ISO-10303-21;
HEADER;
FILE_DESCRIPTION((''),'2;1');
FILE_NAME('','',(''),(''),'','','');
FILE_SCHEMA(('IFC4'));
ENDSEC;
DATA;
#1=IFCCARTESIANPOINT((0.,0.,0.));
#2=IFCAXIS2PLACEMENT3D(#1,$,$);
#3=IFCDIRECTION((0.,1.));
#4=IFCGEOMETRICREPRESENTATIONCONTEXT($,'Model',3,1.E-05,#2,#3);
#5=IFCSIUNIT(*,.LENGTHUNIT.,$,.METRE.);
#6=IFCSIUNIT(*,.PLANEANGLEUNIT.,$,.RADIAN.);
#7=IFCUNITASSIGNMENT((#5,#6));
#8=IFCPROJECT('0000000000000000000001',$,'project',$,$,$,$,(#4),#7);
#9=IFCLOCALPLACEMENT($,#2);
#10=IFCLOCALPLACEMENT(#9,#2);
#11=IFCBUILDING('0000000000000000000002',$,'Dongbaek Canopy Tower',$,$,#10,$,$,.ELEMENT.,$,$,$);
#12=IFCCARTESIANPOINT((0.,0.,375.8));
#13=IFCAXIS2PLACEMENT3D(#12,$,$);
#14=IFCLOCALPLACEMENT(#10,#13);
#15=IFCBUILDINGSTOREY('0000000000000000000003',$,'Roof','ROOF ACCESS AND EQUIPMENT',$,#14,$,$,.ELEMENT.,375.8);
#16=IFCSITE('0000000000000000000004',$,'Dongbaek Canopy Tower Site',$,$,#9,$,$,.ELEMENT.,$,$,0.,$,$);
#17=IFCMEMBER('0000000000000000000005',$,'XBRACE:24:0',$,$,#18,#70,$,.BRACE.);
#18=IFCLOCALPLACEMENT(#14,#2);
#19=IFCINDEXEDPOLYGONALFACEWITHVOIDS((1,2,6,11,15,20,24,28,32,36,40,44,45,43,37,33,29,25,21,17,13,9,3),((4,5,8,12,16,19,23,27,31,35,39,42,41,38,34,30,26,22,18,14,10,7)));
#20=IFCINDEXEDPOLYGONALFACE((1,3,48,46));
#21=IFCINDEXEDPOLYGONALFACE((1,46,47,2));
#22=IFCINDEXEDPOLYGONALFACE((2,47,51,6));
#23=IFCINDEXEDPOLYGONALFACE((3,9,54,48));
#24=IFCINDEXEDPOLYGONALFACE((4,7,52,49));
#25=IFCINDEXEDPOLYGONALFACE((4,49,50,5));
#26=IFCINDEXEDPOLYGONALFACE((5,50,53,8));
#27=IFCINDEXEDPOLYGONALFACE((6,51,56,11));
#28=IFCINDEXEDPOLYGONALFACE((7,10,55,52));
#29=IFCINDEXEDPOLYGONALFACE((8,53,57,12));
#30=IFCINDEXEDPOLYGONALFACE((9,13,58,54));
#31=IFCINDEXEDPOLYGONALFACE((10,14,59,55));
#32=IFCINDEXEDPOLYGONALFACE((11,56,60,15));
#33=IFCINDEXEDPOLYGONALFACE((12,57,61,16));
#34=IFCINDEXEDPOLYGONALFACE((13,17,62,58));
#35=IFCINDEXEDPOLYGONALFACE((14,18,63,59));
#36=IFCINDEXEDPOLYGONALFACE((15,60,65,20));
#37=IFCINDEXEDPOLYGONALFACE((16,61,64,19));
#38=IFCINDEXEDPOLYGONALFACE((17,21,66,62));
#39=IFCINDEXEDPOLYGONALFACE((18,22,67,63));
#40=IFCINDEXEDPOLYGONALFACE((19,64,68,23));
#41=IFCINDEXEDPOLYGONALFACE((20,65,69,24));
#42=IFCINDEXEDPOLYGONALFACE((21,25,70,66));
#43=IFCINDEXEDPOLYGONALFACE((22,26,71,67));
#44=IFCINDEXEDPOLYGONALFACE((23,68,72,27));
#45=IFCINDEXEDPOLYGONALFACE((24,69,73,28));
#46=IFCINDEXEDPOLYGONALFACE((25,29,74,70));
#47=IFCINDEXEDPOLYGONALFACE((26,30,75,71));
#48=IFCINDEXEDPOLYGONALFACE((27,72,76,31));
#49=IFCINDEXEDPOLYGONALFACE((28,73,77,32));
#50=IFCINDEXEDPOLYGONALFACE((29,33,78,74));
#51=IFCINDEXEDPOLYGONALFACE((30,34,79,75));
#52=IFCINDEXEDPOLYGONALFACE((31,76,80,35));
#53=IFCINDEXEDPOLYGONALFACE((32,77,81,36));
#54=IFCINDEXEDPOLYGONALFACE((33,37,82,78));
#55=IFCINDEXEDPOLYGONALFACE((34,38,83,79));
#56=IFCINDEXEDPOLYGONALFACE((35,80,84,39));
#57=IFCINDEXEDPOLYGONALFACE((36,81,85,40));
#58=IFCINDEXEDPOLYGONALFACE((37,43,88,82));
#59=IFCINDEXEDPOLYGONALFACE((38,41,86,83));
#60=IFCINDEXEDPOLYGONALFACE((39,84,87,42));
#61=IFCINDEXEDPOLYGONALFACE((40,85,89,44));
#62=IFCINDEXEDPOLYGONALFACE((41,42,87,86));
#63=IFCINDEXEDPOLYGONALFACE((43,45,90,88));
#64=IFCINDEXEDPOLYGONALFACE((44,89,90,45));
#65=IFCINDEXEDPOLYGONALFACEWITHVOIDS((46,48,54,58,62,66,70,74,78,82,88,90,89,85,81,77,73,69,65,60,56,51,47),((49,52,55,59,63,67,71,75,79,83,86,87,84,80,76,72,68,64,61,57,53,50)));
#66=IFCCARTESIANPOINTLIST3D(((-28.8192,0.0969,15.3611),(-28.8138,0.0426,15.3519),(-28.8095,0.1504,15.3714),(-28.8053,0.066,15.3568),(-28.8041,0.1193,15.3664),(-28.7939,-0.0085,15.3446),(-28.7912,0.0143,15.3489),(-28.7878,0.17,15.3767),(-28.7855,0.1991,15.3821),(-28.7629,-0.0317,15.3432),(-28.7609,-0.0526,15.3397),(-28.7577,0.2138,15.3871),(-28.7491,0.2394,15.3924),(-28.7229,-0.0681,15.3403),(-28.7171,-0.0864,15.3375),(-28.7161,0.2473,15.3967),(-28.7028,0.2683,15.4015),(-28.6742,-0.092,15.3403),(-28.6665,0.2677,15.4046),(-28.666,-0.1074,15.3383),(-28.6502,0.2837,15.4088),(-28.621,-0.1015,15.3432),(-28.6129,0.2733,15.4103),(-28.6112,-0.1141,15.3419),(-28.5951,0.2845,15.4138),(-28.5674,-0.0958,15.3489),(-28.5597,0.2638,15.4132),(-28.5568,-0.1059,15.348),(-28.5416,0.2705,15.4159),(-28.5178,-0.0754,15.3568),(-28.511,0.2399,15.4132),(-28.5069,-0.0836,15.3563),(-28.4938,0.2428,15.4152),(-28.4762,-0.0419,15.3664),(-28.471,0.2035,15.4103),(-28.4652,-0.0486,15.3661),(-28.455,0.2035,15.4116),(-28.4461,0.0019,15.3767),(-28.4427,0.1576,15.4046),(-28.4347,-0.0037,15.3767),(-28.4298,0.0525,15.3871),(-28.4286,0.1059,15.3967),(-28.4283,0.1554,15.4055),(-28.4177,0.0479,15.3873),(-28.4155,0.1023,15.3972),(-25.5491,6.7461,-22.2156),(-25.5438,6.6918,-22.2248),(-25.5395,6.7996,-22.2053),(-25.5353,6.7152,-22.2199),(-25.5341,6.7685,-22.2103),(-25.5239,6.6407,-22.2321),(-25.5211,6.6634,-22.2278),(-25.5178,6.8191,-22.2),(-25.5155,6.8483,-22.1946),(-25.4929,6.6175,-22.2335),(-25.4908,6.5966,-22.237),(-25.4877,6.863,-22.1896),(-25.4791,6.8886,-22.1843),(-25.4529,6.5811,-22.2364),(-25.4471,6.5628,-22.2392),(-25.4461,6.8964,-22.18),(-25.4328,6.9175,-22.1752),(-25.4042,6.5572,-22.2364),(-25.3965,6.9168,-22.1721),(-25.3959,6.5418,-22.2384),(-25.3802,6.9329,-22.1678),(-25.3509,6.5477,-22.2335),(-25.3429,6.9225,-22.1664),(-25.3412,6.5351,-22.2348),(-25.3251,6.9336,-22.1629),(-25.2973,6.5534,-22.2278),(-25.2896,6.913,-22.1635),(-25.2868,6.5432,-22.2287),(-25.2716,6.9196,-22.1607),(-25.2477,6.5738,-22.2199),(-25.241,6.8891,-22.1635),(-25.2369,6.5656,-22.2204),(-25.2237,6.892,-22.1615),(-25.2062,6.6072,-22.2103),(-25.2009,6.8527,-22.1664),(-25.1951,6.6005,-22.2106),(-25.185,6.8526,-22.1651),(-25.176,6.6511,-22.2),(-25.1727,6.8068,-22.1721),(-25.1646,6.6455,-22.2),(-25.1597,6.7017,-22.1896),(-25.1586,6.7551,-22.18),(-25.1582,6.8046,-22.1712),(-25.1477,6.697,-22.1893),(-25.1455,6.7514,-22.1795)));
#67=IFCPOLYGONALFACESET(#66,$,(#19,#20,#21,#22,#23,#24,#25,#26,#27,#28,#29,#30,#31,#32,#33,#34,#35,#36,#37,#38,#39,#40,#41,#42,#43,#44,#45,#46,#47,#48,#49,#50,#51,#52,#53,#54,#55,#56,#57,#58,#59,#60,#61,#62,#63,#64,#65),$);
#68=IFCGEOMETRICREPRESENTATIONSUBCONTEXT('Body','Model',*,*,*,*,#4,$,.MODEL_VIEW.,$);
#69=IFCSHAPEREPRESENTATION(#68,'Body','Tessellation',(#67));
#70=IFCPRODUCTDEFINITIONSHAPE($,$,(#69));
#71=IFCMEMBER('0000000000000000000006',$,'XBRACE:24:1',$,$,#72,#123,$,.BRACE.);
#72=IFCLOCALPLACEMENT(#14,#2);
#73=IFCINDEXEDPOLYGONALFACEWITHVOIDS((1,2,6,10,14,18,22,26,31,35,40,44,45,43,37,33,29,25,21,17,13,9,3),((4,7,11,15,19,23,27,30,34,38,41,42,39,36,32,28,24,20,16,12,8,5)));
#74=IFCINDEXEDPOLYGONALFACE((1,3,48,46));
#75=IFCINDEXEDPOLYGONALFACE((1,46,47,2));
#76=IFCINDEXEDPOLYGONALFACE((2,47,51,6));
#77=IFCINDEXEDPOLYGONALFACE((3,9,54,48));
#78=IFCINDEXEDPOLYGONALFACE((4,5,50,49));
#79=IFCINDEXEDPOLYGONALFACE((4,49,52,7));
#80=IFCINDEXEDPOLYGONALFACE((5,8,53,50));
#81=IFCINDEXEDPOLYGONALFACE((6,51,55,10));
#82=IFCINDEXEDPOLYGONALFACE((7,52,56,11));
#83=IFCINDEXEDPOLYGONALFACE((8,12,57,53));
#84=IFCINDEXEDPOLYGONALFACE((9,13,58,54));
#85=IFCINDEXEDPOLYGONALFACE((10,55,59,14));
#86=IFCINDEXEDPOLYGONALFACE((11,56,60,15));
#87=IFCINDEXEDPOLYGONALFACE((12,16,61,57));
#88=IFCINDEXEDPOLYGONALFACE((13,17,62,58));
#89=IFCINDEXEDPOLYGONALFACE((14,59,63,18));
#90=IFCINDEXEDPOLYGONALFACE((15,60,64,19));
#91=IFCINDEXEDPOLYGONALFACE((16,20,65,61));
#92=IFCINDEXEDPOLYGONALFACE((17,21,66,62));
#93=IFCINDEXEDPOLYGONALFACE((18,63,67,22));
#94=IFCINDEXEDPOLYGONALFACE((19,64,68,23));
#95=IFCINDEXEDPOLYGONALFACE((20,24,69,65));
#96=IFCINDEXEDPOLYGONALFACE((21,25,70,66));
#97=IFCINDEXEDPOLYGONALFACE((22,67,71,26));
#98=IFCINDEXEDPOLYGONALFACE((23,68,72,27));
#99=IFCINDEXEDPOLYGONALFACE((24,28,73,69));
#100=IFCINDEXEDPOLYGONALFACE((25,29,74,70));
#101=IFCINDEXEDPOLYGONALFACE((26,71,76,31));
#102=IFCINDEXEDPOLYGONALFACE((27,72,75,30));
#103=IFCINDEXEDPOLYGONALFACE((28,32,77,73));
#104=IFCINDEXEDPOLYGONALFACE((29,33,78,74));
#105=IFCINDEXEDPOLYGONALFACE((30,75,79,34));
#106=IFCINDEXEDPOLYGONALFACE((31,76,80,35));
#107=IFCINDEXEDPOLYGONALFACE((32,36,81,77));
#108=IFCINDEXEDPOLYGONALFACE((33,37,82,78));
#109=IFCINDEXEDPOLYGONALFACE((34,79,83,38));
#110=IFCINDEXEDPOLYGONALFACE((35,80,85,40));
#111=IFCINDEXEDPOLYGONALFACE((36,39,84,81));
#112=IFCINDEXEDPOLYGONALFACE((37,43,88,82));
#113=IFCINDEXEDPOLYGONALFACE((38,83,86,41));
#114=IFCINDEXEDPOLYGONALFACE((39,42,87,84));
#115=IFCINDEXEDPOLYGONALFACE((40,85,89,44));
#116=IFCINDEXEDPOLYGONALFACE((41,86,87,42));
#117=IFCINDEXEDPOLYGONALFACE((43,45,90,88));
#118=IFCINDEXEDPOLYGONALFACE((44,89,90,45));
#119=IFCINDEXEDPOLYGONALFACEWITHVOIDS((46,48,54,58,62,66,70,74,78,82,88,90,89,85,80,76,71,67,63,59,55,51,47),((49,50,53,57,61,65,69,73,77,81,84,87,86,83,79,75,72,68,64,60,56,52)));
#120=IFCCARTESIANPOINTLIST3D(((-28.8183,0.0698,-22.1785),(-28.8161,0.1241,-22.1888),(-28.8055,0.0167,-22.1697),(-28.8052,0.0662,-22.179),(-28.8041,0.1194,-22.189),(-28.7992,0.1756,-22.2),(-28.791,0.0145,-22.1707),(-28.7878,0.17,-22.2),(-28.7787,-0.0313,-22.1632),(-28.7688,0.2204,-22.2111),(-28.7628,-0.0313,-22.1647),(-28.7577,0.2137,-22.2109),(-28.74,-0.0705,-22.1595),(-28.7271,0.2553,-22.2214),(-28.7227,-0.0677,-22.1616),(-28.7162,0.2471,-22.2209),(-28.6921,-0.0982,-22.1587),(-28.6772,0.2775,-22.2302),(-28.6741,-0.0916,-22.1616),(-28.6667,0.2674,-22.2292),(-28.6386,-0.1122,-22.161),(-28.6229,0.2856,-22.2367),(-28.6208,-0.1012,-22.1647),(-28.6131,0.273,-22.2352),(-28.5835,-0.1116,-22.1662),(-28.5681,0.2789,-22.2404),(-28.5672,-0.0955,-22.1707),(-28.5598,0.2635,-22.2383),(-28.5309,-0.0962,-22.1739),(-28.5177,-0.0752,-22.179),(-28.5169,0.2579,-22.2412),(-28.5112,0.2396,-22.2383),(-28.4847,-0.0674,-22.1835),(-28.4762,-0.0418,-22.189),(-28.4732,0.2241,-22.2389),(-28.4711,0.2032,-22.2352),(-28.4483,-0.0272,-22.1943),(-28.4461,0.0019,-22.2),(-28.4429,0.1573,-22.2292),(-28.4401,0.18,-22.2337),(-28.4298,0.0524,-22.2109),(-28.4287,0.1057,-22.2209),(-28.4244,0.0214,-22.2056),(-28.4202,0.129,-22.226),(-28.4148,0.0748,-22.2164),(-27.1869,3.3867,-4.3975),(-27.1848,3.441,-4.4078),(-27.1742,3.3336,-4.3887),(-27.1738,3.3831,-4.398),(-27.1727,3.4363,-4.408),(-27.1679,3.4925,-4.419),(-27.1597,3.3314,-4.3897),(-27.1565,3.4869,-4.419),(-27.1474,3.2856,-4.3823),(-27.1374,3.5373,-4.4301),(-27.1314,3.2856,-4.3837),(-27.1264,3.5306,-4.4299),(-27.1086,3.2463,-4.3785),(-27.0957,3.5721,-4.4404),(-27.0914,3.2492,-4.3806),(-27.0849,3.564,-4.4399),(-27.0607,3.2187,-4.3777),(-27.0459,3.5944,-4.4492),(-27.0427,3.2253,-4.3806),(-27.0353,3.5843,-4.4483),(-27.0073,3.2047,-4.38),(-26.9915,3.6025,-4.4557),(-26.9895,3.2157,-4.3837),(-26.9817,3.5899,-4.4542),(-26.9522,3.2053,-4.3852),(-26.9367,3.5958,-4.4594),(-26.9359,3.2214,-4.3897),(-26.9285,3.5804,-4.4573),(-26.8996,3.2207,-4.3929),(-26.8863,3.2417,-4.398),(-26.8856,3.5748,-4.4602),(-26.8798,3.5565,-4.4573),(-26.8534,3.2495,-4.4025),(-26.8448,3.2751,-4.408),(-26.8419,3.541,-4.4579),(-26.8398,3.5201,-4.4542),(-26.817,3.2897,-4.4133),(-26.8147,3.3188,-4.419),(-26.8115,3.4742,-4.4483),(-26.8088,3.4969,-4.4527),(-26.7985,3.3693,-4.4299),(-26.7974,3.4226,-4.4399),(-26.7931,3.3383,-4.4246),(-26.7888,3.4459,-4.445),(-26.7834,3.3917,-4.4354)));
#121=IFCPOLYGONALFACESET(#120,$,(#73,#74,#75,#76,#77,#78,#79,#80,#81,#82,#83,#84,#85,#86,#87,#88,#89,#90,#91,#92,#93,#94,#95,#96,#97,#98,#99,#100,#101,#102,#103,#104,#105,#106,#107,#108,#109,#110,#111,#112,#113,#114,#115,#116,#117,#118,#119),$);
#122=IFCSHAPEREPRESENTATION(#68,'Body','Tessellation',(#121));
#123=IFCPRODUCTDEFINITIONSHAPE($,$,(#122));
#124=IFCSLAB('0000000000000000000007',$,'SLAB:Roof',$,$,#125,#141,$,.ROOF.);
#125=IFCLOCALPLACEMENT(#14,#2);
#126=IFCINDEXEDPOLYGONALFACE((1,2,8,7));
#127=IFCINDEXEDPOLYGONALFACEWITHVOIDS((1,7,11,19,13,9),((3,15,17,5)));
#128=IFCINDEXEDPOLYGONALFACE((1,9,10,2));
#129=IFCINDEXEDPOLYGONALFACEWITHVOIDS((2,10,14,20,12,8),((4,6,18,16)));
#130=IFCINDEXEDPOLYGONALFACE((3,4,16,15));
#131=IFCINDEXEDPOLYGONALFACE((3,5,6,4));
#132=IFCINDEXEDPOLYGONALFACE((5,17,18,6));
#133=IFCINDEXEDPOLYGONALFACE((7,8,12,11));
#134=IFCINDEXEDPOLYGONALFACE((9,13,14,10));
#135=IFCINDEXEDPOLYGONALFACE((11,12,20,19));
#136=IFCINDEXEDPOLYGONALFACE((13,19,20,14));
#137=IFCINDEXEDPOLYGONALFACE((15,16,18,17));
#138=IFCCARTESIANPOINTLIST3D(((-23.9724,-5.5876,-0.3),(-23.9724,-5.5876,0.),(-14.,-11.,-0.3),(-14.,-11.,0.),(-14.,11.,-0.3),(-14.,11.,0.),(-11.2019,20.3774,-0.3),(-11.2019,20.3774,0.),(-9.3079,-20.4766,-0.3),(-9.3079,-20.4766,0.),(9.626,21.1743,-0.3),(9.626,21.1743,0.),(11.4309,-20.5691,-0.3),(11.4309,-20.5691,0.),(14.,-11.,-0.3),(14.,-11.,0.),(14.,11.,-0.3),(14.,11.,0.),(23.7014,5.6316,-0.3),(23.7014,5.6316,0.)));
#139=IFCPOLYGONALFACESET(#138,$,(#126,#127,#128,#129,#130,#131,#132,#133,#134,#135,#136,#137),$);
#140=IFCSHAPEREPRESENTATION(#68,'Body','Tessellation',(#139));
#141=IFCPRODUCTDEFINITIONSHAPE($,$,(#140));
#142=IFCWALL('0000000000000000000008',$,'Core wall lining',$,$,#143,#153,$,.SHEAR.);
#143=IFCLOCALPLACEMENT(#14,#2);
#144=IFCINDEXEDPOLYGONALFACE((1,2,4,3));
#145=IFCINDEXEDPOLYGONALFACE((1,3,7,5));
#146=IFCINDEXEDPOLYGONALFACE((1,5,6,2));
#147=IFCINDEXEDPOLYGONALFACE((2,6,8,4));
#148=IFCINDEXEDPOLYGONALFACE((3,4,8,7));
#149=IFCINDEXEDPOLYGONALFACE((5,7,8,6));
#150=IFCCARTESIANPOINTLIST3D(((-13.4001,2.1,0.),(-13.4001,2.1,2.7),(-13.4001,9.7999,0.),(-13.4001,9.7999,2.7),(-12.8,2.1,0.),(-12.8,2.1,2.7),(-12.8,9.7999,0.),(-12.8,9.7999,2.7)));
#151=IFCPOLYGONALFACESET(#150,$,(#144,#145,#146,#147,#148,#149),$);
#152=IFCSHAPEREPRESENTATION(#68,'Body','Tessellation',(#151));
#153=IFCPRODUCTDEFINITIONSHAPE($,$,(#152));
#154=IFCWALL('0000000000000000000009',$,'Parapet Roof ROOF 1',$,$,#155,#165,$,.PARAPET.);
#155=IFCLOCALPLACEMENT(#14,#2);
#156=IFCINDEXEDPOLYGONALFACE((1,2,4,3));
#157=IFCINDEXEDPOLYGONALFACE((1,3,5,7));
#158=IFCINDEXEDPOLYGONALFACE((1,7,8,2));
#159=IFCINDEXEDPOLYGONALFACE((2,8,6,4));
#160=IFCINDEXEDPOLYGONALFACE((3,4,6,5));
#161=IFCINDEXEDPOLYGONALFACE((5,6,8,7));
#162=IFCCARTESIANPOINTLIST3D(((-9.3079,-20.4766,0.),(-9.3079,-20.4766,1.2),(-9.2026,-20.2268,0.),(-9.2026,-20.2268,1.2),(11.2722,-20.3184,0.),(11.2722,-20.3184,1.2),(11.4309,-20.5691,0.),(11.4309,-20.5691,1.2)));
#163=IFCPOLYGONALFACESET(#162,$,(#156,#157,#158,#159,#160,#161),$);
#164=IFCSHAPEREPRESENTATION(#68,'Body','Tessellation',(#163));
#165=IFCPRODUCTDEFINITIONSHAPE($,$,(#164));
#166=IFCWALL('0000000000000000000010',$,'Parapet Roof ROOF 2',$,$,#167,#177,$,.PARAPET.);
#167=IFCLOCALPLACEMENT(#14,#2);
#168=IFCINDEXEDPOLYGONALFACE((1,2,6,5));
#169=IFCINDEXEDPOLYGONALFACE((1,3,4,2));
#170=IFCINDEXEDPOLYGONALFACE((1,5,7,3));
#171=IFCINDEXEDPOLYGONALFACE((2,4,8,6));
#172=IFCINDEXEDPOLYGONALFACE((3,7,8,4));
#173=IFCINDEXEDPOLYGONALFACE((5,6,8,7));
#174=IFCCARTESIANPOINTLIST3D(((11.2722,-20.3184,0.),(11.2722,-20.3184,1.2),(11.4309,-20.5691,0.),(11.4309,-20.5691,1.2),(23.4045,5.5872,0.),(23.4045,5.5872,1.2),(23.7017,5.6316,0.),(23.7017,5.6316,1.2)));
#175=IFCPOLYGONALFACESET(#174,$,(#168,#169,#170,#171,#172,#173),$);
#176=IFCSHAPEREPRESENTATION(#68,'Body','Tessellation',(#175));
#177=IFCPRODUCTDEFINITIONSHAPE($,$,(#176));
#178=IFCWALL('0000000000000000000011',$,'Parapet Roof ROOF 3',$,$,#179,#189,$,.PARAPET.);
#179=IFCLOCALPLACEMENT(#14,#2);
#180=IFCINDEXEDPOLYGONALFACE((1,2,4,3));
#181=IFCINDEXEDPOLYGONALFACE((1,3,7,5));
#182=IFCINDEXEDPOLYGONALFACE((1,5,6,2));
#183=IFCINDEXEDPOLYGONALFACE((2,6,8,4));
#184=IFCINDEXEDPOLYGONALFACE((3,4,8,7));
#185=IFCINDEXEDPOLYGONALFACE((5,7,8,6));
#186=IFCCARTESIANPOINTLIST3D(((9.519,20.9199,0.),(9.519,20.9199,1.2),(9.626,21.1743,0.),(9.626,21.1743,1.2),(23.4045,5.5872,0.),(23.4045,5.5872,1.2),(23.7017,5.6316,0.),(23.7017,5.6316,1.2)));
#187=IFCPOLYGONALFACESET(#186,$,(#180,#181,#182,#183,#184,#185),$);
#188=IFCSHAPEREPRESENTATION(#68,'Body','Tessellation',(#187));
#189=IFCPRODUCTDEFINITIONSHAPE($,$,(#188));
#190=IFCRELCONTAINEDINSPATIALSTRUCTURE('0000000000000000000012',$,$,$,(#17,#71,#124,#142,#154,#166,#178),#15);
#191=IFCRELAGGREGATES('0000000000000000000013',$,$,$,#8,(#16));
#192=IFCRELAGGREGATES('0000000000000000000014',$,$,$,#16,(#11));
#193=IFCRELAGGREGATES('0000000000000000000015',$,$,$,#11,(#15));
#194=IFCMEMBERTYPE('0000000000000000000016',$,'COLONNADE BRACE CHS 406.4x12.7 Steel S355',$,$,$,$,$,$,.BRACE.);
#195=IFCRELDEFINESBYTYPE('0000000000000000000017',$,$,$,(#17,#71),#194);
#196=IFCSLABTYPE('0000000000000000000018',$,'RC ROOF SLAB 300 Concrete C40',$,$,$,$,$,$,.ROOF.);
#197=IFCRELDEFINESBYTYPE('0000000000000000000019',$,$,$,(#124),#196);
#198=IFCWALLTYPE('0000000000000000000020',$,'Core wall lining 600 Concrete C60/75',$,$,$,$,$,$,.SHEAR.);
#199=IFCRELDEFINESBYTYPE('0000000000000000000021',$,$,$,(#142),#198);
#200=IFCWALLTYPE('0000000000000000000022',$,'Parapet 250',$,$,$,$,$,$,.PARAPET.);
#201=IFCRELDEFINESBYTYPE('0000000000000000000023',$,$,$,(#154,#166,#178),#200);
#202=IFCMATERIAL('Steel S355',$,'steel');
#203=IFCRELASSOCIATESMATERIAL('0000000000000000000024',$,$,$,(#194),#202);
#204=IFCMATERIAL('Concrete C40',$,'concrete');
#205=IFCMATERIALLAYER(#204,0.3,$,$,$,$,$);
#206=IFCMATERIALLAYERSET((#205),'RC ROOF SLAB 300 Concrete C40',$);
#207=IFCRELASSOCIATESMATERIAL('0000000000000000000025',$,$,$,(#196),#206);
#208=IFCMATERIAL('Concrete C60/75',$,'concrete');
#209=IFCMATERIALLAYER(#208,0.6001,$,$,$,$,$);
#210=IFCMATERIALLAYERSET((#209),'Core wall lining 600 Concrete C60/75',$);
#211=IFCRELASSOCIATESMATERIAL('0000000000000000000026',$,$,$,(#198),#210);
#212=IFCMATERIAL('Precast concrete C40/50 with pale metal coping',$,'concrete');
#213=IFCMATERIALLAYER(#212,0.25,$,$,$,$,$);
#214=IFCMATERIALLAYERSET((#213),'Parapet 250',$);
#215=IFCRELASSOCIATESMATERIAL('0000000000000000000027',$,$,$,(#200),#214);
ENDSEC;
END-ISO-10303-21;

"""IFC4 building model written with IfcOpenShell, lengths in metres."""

from ifc_helpers import new_model, si_unit, direction, frame, frame_2d, origin, origin_2d, place, context, subcontext, project, spatial, polyline, rectangle, hollow_circle, outline, extrude, material, layer, layer_set, material_profile, profile_set, type_object, element, save


model = new_model("IFC4")

# Units and contexts
model_context = context("Model", 3, precision=1e-05, world=origin(), true_north=direction((0.0, 1.0)))
body_context = subcontext(model_context, "Body", "Model", "MODEL_VIEW")
ifc_project = project(units=[si_unit("LENGTHUNIT", "METRE"), si_unit("PLANEANGLEUNIT", "RADIAN")], contexts=[model_context])

# Site, building, storey
site_placement = place(None, origin())
site = spatial("IfcSite", under=ifc_project, at=site_placement, Name="Dongbaek Canopy Tower Site", CompositionType="ELEMENT", RefElevation=0.0)
building_placement = place(site_placement, origin())
building = spatial("IfcBuilding", under=site, at=building_placement, Name="Dongbaek Canopy Tower", CompositionType="ELEMENT")
storey_placement = place(building_placement, frame((0.0, 0.0, 375.8)))
storey = spatial("IfcBuildingStorey", under=building, at=storey_placement, Name="Roof", Description="ROOF ACCESS AND EQUIPMENT", CompositionType="ELEMENT", Elevation=375.8)

# Members
ifc_material_1 = material(Name="Steel S355", Category="steel")
ifc_material_profile_1 = material_profile(ifc_material_1, hollow_circle(Radius=0.2031, WallThickness=0.0127, at=origin_2d()), Name="COLONNADE BRACE CHS 406.4x12.7 Steel S355")
ifc_profile_set_1 = profile_set([ifc_material_profile_1], Name="Steel S355")
member_type = type_object("IfcMemberType", Name="COLONNADE BRACE CHS 406.4x12.7 Steel S355", PredefinedType="BRACE", material=ifc_profile_set_1)
member_1_placement = place(storey_placement, frame((-25.3469, 6.7351, -22.2), z_axis=(-0.085379, -0.173606, 0.981107), x_axis=(0.897353, -0.441313, 0.0)))
element("IfcMember", 1, at=member_1_placement, inside=storey, type_object=member_type, Name="XBRACE:24:0", PredefinedType="BRACE", context=body_context, shape_type="SweptSolid", body=[
    extrude(hollow_circle(Radius=0.2031, WallThickness=0.0127, at=origin_2d()), origin(), (0.0, 0.0, 1.0), 38.3003),
])
member_2_placement = place(storey_placement, frame((-28.6169, 0.0859, -22.2), z_axis=(0.089826, 0.182637, 0.979068), x_axis=(-0.897341, 0.441339, 0.0)))
element("IfcMember", 2, at=member_2_placement, inside=storey, type_object=member_type, Name="XBRACE:24:1", PredefinedType="BRACE", context=body_context, shape_type="SweptSolid", body=[
    extrude(hollow_circle(Radius=0.2031, WallThickness=0.0127, at=origin_2d()), origin(), (0.0, 0.0, 1.0), 18.1611),
])

# Slab
ifc_material_2 = material(Name="Concrete C40", Category="concrete")
ifc_layer_1 = layer(ifc_material_2, 0.3)
ifc_layer_set_1 = layer_set([ifc_layer_1], Name="RC ROOF SLAB 300 Concrete C40")
slab_type = type_object("IfcSlabType", Name="RC ROOF SLAB 300 Concrete C40", PredefinedType="ROOF", material=ifc_layer_set_1)
slab_placement = place(storey_placement, frame((0.0, 0.0, -0.3)))
element("IfcSlab", 3, at=slab_placement, inside=storey, type_object=slab_type, Name="SLAB:Roof", PredefinedType="ROOF", context=body_context, shape_type="SweptSolid", body=[
    extrude(outline(polyline([(-23.9724, -5.5876), (-11.2019, 20.3774), (9.626, 21.1743), (23.7014, 5.6316), (11.4309, -20.5691), (-9.3079, -20.4766), (-23.9724, -5.5876)]), holes=[polyline([(14.0, 11.0), (-14.0, 11.0), (-14.0, -11.0), (14.0, -11.0), (14.0, 11.0)])]), origin(), (0.0, 0.0, 1.0), 0.3),
])

# Walls
ifc_material_3 = material(Name="Concrete C60/75", Category="concrete")
ifc_layer_2 = layer(ifc_material_3, 0.6001)
ifc_layer_set_2 = layer_set([ifc_layer_2], Name="Core wall lining 600 Concrete C60/75")
wall_type_1 = type_object("IfcWallType", Name="Core wall lining 600 Concrete C60/75", PredefinedType="SHEAR", material=ifc_layer_set_2)
wall_1_placement = place(storey_placement, frame((-13.1001, 9.8, 0.0), z_axis=(0.0, 0.0, 1.0), x_axis=(0.0, -1.0, 0.0)))
element("IfcWall", 4, at=wall_1_placement, inside=storey, type_object=wall_type_1, Name="Core wall lining", PredefinedType="SHEAR", context=body_context, shape_type="SweptSolid", body=[
    extrude(rectangle(XDim=7.7, YDim=0.6001, at=frame_2d((3.8501, 0.0))), origin(), (0.0, 0.0, 1.0), 2.7),
])
ifc_material_4 = material(Name="Precast concrete C40/50 with pale metal coping", Category="concrete")
ifc_layer_3 = layer(ifc_material_4, 0.25)
ifc_layer_set_3 = layer_set([ifc_layer_3], Name="Parapet 250")
wall_type_2 = type_object("IfcWallType", Name="Parapet 250", PredefinedType="PARAPET", material=ifc_layer_set_3)
wall_2_placement = place(storey_placement, origin())
element("IfcWall", 5, at=wall_2_placement, inside=storey, type_object=wall_type_2, Name="Parapet Roof ROOF 1", PredefinedType="PARAPET", context=body_context, shape_type="SweptSolid", body=[
    extrude(outline(polyline([(-9.3079, -20.4766), (11.4309, -20.5691), (11.2722, -20.3184), (-9.2026, -20.2268), (-9.3079, -20.4766)])), origin(), (0.0, 0.0, 1.0), 1.2),
])
wall_3_placement = place(storey_placement, origin())
element("IfcWall", 6, at=wall_3_placement, inside=storey, type_object=wall_type_2, Name="Parapet Roof ROOF 2", PredefinedType="PARAPET", context=body_context, shape_type="SweptSolid", body=[
    extrude(outline(polyline([(11.4309, -20.5691), (23.7017, 5.6316), (23.4045, 5.5872), (11.2722, -20.3184), (11.4309, -20.5691)])), origin(), (0.0, 0.0, 1.0), 1.2),
])
wall_4_placement = place(storey_placement, origin())
element("IfcWall", 7, at=wall_4_placement, inside=storey, type_object=wall_type_2, Name="Parapet Roof ROOF 3", PredefinedType="PARAPET", context=body_context, shape_type="SweptSolid", body=[
    extrude(outline(polyline([(23.7017, 5.6316), (9.626, 21.1743), (9.519, 20.9199), (23.4045, 5.5872), (23.7017, 5.6316)])), origin(), (0.0, 0.0, 1.0), 1.2),
])

save(model, "model.ifc")
